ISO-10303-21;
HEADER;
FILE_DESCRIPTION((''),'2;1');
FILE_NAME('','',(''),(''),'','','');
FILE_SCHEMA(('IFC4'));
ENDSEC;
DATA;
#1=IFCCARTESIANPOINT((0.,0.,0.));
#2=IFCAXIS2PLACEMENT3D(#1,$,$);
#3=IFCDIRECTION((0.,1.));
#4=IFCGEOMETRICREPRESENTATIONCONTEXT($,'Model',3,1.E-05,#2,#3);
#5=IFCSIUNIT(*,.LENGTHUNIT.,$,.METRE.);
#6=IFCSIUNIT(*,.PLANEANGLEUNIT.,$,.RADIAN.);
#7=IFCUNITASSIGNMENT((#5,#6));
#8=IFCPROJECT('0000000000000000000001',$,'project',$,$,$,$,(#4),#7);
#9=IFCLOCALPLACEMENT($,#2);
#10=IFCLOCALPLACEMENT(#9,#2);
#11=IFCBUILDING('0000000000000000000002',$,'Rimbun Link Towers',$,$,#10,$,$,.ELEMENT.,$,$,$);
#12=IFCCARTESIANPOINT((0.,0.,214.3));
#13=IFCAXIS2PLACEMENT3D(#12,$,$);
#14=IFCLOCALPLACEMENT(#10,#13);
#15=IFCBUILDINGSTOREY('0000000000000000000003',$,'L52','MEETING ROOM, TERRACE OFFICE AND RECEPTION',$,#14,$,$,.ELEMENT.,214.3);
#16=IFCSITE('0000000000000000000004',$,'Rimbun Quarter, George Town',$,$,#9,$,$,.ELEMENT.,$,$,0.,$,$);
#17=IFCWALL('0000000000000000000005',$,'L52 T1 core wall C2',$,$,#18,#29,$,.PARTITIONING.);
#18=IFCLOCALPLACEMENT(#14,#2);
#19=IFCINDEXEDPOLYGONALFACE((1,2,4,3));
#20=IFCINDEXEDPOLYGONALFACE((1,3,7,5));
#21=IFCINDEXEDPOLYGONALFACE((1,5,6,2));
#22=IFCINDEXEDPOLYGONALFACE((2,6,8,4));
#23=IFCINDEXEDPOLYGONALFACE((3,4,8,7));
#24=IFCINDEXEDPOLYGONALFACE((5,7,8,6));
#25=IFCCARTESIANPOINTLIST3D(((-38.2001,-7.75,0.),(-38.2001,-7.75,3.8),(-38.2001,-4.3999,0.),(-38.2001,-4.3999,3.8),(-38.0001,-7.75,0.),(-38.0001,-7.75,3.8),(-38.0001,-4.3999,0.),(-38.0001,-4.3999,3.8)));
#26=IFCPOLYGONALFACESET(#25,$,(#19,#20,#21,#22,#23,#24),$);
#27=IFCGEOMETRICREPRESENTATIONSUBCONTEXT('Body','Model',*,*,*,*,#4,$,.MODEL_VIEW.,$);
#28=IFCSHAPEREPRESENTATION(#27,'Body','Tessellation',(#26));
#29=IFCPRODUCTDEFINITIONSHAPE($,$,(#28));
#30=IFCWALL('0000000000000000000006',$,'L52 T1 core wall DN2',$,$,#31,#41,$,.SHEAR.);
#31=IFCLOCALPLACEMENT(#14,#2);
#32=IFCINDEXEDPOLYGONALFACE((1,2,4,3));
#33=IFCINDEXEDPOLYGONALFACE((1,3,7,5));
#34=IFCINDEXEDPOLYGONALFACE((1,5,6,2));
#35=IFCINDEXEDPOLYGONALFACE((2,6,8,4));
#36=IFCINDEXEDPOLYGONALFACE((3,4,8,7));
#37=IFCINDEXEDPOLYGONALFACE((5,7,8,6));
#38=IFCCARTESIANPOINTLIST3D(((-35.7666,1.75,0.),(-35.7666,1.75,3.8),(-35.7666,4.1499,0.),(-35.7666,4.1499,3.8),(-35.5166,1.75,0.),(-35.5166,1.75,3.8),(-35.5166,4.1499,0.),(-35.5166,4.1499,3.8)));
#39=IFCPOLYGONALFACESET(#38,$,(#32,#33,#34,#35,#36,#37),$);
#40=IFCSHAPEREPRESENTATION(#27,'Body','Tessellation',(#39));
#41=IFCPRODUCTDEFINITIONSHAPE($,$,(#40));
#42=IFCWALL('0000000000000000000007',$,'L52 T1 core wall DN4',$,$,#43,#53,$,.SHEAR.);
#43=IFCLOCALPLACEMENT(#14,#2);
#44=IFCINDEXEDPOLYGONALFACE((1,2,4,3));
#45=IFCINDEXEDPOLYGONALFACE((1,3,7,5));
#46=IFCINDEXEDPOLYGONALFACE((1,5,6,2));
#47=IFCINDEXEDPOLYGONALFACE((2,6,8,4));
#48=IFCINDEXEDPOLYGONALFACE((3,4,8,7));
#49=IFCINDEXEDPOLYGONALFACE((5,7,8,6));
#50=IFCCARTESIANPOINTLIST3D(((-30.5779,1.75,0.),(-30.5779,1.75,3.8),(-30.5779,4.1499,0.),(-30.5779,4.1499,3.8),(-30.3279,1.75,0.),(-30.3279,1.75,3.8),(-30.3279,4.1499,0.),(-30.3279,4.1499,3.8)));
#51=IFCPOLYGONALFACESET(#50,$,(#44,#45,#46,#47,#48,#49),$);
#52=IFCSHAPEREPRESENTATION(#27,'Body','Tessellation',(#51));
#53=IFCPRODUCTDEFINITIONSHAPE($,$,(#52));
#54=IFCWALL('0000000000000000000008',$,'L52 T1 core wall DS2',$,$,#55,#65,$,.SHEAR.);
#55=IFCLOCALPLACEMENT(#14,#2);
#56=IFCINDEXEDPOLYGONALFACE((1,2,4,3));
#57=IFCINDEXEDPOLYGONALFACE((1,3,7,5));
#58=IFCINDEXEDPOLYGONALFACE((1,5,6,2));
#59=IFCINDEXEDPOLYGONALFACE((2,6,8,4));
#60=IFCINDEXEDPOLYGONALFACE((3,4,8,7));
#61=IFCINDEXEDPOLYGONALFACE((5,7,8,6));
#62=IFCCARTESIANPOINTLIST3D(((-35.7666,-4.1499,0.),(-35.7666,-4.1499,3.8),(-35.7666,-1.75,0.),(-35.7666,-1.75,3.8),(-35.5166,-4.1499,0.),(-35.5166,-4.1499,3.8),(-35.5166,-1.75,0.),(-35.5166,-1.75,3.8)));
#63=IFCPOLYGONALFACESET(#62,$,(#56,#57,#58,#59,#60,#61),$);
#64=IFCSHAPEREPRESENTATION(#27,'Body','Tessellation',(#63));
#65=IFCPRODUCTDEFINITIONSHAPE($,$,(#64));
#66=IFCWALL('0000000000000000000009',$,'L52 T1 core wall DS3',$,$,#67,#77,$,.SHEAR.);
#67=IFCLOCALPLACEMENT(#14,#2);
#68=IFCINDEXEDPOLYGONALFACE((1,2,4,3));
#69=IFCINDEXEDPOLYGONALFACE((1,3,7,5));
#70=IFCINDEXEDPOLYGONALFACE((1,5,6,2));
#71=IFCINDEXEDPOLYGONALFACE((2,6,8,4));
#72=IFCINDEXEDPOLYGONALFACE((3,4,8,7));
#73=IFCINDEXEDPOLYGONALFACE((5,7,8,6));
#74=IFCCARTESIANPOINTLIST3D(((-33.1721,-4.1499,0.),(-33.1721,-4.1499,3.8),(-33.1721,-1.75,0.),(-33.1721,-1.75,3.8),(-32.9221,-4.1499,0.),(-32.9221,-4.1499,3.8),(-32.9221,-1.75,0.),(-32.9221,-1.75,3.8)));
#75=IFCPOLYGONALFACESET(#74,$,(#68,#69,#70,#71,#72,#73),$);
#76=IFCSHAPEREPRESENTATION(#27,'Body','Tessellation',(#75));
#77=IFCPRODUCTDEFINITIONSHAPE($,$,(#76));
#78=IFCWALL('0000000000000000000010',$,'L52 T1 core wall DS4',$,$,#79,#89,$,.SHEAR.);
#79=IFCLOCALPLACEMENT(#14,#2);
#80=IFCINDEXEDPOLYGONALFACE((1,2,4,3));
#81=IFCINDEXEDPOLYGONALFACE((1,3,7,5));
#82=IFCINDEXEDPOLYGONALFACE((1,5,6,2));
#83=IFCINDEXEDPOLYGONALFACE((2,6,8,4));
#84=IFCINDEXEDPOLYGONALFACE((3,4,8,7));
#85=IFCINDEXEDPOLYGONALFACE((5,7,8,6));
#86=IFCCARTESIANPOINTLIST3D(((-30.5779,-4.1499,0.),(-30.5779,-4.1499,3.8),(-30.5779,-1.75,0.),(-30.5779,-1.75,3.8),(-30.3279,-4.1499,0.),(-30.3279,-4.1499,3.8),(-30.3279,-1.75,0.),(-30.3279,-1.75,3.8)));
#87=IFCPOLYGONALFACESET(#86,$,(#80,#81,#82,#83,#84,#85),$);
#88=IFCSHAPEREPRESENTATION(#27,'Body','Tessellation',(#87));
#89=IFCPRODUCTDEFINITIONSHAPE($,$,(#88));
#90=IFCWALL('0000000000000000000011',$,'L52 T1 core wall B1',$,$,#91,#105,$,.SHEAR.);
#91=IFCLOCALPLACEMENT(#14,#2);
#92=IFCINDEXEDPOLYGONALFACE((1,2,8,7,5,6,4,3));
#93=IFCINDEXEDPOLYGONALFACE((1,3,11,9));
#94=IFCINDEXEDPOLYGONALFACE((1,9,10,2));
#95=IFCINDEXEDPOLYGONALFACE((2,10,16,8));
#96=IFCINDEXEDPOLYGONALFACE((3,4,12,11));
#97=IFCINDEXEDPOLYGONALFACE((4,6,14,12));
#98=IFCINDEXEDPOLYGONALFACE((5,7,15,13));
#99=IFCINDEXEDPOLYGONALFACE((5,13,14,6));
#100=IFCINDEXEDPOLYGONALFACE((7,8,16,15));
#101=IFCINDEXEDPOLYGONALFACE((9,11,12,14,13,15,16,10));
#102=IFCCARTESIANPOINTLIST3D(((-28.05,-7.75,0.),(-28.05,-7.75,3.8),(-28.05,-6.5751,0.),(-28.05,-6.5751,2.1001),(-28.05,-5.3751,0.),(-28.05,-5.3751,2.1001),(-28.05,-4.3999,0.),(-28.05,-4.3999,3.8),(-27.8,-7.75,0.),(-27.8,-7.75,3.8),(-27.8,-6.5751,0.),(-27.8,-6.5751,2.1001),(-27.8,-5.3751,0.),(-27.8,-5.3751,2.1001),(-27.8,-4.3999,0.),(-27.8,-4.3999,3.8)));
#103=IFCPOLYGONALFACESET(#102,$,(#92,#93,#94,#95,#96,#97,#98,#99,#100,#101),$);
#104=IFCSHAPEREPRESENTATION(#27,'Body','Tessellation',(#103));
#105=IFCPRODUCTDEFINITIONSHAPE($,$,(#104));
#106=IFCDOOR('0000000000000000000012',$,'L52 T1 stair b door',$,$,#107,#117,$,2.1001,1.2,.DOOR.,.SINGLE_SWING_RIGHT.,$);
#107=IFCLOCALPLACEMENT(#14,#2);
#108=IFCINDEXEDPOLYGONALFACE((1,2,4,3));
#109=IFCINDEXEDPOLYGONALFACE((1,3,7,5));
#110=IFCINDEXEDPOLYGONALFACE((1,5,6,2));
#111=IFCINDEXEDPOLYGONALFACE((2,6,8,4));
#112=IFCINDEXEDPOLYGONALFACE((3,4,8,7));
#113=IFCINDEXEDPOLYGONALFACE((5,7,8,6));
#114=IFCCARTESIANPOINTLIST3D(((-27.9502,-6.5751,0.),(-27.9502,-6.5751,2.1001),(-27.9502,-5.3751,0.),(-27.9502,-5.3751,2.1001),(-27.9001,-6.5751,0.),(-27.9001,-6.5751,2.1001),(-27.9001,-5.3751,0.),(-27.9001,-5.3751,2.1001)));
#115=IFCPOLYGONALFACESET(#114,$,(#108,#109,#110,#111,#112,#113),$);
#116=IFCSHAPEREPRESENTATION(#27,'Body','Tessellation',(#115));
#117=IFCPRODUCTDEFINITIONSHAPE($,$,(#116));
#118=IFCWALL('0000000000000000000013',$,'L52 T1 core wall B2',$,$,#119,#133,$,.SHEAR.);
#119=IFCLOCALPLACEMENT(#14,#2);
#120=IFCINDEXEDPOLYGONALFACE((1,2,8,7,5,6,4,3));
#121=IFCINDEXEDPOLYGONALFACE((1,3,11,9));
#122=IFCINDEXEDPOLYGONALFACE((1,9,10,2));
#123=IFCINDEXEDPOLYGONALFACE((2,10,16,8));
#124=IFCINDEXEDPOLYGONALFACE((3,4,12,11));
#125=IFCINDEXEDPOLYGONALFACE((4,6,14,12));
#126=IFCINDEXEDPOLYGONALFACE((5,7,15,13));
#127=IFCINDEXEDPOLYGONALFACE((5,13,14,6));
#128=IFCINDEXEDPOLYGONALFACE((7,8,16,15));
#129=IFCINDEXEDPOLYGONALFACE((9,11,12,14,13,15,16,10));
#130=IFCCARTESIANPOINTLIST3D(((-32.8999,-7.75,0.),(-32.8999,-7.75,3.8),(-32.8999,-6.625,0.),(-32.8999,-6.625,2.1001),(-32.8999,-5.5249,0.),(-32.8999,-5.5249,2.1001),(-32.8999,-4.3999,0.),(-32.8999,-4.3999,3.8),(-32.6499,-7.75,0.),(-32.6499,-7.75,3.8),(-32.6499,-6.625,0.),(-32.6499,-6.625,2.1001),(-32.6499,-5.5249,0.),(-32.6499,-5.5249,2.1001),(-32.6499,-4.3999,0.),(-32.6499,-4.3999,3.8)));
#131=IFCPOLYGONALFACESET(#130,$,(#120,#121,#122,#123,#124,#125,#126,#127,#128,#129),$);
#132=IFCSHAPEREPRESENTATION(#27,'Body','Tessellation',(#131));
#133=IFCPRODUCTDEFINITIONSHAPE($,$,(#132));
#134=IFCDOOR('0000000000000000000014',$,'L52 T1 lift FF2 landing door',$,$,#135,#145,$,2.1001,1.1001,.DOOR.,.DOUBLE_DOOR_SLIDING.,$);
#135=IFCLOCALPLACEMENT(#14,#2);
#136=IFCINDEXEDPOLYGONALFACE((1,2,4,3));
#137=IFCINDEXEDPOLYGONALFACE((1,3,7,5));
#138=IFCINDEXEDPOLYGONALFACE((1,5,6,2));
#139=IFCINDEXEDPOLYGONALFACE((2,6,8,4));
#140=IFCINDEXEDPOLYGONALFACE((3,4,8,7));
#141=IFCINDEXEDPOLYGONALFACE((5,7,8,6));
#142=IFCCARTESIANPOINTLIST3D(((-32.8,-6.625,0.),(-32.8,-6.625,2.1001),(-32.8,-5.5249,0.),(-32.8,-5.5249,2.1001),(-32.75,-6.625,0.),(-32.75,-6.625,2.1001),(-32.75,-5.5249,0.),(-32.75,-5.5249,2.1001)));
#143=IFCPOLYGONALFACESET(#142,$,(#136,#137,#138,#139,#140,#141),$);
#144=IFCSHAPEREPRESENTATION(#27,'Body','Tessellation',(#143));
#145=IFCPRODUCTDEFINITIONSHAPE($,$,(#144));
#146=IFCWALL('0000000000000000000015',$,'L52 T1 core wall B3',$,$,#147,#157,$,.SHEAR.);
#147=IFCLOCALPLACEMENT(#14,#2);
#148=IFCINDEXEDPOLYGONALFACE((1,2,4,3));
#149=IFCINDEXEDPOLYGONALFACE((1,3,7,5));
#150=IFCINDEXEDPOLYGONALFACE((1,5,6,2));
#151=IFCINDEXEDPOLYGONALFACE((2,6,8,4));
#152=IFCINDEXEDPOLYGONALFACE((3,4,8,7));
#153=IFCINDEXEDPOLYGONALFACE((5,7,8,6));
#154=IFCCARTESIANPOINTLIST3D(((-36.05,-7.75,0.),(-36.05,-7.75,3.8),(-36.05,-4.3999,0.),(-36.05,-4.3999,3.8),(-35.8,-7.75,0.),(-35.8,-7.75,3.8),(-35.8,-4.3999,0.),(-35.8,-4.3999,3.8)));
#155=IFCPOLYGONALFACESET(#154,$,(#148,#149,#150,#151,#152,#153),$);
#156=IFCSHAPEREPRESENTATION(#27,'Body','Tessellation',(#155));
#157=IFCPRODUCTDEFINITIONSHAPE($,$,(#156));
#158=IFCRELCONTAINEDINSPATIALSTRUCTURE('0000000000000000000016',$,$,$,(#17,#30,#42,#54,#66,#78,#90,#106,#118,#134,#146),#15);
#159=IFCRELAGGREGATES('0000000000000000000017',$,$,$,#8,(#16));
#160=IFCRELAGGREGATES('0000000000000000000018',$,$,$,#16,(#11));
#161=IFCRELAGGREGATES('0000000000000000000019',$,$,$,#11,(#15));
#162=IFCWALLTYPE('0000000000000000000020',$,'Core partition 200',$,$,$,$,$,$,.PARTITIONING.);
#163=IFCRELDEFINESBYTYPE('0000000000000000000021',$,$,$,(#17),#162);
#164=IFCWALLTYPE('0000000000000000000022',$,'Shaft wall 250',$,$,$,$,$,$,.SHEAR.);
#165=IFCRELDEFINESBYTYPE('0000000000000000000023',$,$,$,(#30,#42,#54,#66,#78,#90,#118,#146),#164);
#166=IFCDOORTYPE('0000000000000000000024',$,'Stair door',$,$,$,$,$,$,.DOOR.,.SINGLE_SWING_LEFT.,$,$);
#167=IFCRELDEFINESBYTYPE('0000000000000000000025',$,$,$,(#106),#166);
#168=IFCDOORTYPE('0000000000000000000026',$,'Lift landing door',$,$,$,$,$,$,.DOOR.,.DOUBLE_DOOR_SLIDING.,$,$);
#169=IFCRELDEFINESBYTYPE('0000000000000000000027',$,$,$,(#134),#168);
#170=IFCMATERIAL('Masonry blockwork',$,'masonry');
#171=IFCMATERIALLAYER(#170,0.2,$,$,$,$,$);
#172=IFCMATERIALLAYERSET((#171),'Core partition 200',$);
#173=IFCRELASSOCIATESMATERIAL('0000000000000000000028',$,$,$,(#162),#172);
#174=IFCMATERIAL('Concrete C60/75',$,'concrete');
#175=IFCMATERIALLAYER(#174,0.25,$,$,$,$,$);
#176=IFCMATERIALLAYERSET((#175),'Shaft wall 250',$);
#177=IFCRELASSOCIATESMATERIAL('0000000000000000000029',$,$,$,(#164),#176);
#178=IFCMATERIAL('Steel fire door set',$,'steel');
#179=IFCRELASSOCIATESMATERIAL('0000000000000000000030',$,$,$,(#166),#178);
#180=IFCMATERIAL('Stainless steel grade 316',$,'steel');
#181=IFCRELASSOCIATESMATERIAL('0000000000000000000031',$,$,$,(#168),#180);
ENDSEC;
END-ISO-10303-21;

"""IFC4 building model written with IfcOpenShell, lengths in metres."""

from ifc_helpers import new_model, si_unit, direction, frame, frame_2d, origin, place, context, subcontext, project, spatial, rectangle, extrude, material, layer, layer_set, type_object, element, fill, save


model = new_model("IFC4")

# Units and contexts
model_context = context("Model", 3, precision=1e-05, world=origin(), true_north=direction((0.0, 1.0)))
body_context = subcontext(model_context, "Body", "Model", "MODEL_VIEW")
ifc_project = project(units=[si_unit("LENGTHUNIT", "METRE"), si_unit("PLANEANGLEUNIT", "RADIAN")], contexts=[model_context])

# Site, building, storey
site_placement = place(None, origin())
site = spatial("IfcSite", under=ifc_project, at=site_placement, Name="Rimbun Quarter, George Town", CompositionType="ELEMENT", RefElevation=0.0)
building_placement = place(site_placement, origin())
building = spatial("IfcBuilding", under=site, at=building_placement, Name="Rimbun Link Towers", CompositionType="ELEMENT")
storey_placement = place(building_placement, frame((0.0, 0.0, 214.3)))
storey = spatial("IfcBuildingStorey", under=building, at=storey_placement, Name="L52", Description="MEETING ROOM, TERRACE OFFICE AND RECEPTION", CompositionType="ELEMENT", Elevation=214.3)

# Walls
ifc_material_1 = material(Name="Masonry blockwork", Category="masonry")
ifc_layer_1 = layer(ifc_material_1, 0.2)
ifc_layer_set_1 = layer_set([ifc_layer_1], Name="Core partition 200")
wall_type_1 = type_object("IfcWallType", Name="Core partition 200", PredefinedType="PARTITIONING", material=ifc_layer_set_1)
wall_1_placement = place(storey_placement, frame((-38.1001, -4.3999, 0.0), z_axis=(0.0, 0.0, 1.0), x_axis=(0.0, -1.0, 0.0)))
element("IfcWall", 1, at=wall_1_placement, inside=storey, type_object=wall_type_1, Name="L52 T1 core wall C2", PredefinedType="PARTITIONING", context=body_context, shape_type="SweptSolid", body=[
    extrude(rectangle(XDim=3.3501, YDim=0.2, at=frame_2d((1.675, 0.0))), origin(), (0.0, 0.0, 1.0), 3.8),
])
ifc_material_2 = material(Name="Concrete C60/75", Category="concrete")
ifc_layer_2 = layer(ifc_material_2, 0.25)
ifc_layer_set_2 = layer_set([ifc_layer_2], Name="Shaft wall 250")
wall_type_2 = type_object("IfcWallType", Name="Shaft wall 250", PredefinedType="SHEAR", material=ifc_layer_set_2)
for number, where, z_axis, x_axis, name in (
    (2, (-35.6416, 1.75, 0.0), (0.0, 0.0, 1.0), (0.0, 1.0, 0.0), "L52 T1 core wall DN2"),
    (3, (-30.4529, 1.75, 0.0), (0.0, 0.0, 1.0), (0.0, 1.0, 0.0), "L52 T1 core wall DN4"),
    (4, (-35.6416, -4.1499, 0.0), (0.0, 0.0, 1.0), (0.0, 1.0, 0.0), "L52 T1 core wall DS2"),
    (5, (-33.0471, -4.1499, 0.0), (0.0, 0.0, 1.0), (0.0, 1.0, 0.0), "L52 T1 core wall DS3"),
    (6, (-30.4529, -4.1499, 0.0), (0.0, 0.0, 1.0), (0.0, 1.0, 0.0), "L52 T1 core wall DS4"),
):
    element("IfcWall", number, at=place(storey_placement, frame(where, z_axis=z_axis, x_axis=x_axis)), inside=storey, type_object=wall_type_2, Name=name, PredefinedType="SHEAR", context=body_context, shape_type="SweptSolid", body=[
        extrude(rectangle(XDim=2.3999, YDim=0.25, at=frame_2d((1.2, 0.0))), origin(), (0.0, 0.0, 1.0), 3.8),
    ])

# Walls, openings, doors
wall_2_placement = place(storey_placement, frame((-27.925, -4.3999, 0.0), z_axis=(0.0, 0.0, 1.0), x_axis=(0.0, -1.0, 0.0)))
wall_2 = element("IfcWall", 7, at=wall_2_placement, inside=storey, type_object=wall_type_2, Name="L52 T1 core wall B1", PredefinedType="SHEAR", context=body_context, shape_type="SweptSolid", body=[
    extrude(rectangle(XDim=3.3501, YDim=0.25, at=frame_2d((1.675, 0.0))), origin(), (0.0, 0.0, 1.0), 3.8),
])
opening_1_placement = place(wall_2_placement, frame((0.9751, 0.0, 0.0)))
opening_1 = element("IfcOpeningElement", 8, at=opening_1_placement, cuts=wall_2, PredefinedType="OPENING", context=body_context, shape_type="SweptSolid", body=[
    extrude(rectangle(XDim=1.2, YDim=2.1001, at=frame_2d((0.6001, 1.05))), frame((0.0, 0.135, 0.0), z_axis=(0.0, -1.0, 0.0), x_axis=(1.0, 0.0, 0.0)), (0.0, 0.0, 1.0), 0.27),
])
ifc_material_3 = material(Name="Steel fire door set", Category="steel")
door_type_1 = type_object("IfcDoorType", Name="Stair door", OperationType="SINGLE_SWING_LEFT", PredefinedType="DOOR", material=ifc_material_3)
door_1_placement = place(opening_1_placement, origin())
door_1 = element("IfcDoor", 9, at=door_1_placement, inside=storey, type_object=door_type_1, Name="L52 T1 stair b door", OperationType="SINGLE_SWING_RIGHT", OverallHeight=2.1001, OverallWidth=1.2, PredefinedType="DOOR", context=body_context, shape_type="SweptSolid", body=[
    extrude(rectangle(XDim=1.2, YDim=2.1001, at=frame_2d((0.6001, 1.05))), frame((0.0, 0.0249, 0.0), z_axis=(0.0, -1.0, 0.0), x_axis=(1.0, 0.0, 0.0)), (0.0, 0.0, 1.0), 0.05),
])
fill(opening_1, door_1)
wall_3_placement = place(storey_placement, frame((-32.7749, -4.3999, 0.0), z_axis=(0.0, 0.0, 1.0), x_axis=(0.0, -1.0, 0.0)))
wall_3 = element("IfcWall", 10, at=wall_3_placement, inside=storey, type_object=wall_type_2, Name="L52 T1 core wall B2", PredefinedType="SHEAR", context=body_context, shape_type="SweptSolid", body=[
    extrude(rectangle(XDim=3.3501, YDim=0.25, at=frame_2d((1.675, 0.0))), origin(), (0.0, 0.0, 1.0), 3.8),
])
opening_2_placement = place(wall_3_placement, frame((1.125, 0.0, 0.0)))
opening_2 = element("IfcOpeningElement", 11, at=opening_2_placement, cuts=wall_3, PredefinedType="OPENING", context=body_context, shape_type="SweptSolid", body=[
    extrude(rectangle(XDim=1.1001, YDim=2.1001, at=frame_2d((0.55, 1.05))), frame((0.0, 0.135, 0.0), z_axis=(0.0, -1.0, 0.0), x_axis=(1.0, 0.0, 0.0)), (0.0, 0.0, 1.0), 0.27),
])
ifc_material_4 = material(Name="Stainless steel grade 316", Category="steel")
door_type_2 = type_object("IfcDoorType", Name="Lift landing door", OperationType="DOUBLE_DOOR_SLIDING", PredefinedType="DOOR", material=ifc_material_4)
door_2_placement = place(opening_2_placement, origin())
door_2 = element("IfcDoor", 12, at=door_2_placement, inside=storey, type_object=door_type_2, Name="L52 T1 lift FF2 landing door", OperationType="DOUBLE_DOOR_SLIDING", OverallHeight=2.1001, OverallWidth=1.1001, PredefinedType="DOOR", context=body_context, shape_type="SweptSolid", body=[
    extrude(rectangle(XDim=1.1001, YDim=2.1001, at=frame_2d((0.55, 1.05))), frame((0.0, 0.0249, 0.0), z_axis=(0.0, -1.0, 0.0), x_axis=(1.0, 0.0, 0.0)), (0.0, 0.0, 1.0), 0.05),
])
fill(opening_2, door_2)

# Wall
wall_4_placement = place(storey_placement, frame((-35.925, -4.3999, 0.0), z_axis=(0.0, 0.0, 1.0), x_axis=(0.0, -1.0, 0.0)))
element("IfcWall", 13, at=wall_4_placement, inside=storey, type_object=wall_type_2, Name="L52 T1 core wall B3", PredefinedType="SHEAR", context=body_context, shape_type="SweptSolid", body=[
    extrude(rectangle(XDim=3.3501, YDim=0.25, at=frame_2d((1.675, 0.0))), origin(), (0.0, 0.0, 1.0), 3.8),
])

save(model, "model.ifc")
